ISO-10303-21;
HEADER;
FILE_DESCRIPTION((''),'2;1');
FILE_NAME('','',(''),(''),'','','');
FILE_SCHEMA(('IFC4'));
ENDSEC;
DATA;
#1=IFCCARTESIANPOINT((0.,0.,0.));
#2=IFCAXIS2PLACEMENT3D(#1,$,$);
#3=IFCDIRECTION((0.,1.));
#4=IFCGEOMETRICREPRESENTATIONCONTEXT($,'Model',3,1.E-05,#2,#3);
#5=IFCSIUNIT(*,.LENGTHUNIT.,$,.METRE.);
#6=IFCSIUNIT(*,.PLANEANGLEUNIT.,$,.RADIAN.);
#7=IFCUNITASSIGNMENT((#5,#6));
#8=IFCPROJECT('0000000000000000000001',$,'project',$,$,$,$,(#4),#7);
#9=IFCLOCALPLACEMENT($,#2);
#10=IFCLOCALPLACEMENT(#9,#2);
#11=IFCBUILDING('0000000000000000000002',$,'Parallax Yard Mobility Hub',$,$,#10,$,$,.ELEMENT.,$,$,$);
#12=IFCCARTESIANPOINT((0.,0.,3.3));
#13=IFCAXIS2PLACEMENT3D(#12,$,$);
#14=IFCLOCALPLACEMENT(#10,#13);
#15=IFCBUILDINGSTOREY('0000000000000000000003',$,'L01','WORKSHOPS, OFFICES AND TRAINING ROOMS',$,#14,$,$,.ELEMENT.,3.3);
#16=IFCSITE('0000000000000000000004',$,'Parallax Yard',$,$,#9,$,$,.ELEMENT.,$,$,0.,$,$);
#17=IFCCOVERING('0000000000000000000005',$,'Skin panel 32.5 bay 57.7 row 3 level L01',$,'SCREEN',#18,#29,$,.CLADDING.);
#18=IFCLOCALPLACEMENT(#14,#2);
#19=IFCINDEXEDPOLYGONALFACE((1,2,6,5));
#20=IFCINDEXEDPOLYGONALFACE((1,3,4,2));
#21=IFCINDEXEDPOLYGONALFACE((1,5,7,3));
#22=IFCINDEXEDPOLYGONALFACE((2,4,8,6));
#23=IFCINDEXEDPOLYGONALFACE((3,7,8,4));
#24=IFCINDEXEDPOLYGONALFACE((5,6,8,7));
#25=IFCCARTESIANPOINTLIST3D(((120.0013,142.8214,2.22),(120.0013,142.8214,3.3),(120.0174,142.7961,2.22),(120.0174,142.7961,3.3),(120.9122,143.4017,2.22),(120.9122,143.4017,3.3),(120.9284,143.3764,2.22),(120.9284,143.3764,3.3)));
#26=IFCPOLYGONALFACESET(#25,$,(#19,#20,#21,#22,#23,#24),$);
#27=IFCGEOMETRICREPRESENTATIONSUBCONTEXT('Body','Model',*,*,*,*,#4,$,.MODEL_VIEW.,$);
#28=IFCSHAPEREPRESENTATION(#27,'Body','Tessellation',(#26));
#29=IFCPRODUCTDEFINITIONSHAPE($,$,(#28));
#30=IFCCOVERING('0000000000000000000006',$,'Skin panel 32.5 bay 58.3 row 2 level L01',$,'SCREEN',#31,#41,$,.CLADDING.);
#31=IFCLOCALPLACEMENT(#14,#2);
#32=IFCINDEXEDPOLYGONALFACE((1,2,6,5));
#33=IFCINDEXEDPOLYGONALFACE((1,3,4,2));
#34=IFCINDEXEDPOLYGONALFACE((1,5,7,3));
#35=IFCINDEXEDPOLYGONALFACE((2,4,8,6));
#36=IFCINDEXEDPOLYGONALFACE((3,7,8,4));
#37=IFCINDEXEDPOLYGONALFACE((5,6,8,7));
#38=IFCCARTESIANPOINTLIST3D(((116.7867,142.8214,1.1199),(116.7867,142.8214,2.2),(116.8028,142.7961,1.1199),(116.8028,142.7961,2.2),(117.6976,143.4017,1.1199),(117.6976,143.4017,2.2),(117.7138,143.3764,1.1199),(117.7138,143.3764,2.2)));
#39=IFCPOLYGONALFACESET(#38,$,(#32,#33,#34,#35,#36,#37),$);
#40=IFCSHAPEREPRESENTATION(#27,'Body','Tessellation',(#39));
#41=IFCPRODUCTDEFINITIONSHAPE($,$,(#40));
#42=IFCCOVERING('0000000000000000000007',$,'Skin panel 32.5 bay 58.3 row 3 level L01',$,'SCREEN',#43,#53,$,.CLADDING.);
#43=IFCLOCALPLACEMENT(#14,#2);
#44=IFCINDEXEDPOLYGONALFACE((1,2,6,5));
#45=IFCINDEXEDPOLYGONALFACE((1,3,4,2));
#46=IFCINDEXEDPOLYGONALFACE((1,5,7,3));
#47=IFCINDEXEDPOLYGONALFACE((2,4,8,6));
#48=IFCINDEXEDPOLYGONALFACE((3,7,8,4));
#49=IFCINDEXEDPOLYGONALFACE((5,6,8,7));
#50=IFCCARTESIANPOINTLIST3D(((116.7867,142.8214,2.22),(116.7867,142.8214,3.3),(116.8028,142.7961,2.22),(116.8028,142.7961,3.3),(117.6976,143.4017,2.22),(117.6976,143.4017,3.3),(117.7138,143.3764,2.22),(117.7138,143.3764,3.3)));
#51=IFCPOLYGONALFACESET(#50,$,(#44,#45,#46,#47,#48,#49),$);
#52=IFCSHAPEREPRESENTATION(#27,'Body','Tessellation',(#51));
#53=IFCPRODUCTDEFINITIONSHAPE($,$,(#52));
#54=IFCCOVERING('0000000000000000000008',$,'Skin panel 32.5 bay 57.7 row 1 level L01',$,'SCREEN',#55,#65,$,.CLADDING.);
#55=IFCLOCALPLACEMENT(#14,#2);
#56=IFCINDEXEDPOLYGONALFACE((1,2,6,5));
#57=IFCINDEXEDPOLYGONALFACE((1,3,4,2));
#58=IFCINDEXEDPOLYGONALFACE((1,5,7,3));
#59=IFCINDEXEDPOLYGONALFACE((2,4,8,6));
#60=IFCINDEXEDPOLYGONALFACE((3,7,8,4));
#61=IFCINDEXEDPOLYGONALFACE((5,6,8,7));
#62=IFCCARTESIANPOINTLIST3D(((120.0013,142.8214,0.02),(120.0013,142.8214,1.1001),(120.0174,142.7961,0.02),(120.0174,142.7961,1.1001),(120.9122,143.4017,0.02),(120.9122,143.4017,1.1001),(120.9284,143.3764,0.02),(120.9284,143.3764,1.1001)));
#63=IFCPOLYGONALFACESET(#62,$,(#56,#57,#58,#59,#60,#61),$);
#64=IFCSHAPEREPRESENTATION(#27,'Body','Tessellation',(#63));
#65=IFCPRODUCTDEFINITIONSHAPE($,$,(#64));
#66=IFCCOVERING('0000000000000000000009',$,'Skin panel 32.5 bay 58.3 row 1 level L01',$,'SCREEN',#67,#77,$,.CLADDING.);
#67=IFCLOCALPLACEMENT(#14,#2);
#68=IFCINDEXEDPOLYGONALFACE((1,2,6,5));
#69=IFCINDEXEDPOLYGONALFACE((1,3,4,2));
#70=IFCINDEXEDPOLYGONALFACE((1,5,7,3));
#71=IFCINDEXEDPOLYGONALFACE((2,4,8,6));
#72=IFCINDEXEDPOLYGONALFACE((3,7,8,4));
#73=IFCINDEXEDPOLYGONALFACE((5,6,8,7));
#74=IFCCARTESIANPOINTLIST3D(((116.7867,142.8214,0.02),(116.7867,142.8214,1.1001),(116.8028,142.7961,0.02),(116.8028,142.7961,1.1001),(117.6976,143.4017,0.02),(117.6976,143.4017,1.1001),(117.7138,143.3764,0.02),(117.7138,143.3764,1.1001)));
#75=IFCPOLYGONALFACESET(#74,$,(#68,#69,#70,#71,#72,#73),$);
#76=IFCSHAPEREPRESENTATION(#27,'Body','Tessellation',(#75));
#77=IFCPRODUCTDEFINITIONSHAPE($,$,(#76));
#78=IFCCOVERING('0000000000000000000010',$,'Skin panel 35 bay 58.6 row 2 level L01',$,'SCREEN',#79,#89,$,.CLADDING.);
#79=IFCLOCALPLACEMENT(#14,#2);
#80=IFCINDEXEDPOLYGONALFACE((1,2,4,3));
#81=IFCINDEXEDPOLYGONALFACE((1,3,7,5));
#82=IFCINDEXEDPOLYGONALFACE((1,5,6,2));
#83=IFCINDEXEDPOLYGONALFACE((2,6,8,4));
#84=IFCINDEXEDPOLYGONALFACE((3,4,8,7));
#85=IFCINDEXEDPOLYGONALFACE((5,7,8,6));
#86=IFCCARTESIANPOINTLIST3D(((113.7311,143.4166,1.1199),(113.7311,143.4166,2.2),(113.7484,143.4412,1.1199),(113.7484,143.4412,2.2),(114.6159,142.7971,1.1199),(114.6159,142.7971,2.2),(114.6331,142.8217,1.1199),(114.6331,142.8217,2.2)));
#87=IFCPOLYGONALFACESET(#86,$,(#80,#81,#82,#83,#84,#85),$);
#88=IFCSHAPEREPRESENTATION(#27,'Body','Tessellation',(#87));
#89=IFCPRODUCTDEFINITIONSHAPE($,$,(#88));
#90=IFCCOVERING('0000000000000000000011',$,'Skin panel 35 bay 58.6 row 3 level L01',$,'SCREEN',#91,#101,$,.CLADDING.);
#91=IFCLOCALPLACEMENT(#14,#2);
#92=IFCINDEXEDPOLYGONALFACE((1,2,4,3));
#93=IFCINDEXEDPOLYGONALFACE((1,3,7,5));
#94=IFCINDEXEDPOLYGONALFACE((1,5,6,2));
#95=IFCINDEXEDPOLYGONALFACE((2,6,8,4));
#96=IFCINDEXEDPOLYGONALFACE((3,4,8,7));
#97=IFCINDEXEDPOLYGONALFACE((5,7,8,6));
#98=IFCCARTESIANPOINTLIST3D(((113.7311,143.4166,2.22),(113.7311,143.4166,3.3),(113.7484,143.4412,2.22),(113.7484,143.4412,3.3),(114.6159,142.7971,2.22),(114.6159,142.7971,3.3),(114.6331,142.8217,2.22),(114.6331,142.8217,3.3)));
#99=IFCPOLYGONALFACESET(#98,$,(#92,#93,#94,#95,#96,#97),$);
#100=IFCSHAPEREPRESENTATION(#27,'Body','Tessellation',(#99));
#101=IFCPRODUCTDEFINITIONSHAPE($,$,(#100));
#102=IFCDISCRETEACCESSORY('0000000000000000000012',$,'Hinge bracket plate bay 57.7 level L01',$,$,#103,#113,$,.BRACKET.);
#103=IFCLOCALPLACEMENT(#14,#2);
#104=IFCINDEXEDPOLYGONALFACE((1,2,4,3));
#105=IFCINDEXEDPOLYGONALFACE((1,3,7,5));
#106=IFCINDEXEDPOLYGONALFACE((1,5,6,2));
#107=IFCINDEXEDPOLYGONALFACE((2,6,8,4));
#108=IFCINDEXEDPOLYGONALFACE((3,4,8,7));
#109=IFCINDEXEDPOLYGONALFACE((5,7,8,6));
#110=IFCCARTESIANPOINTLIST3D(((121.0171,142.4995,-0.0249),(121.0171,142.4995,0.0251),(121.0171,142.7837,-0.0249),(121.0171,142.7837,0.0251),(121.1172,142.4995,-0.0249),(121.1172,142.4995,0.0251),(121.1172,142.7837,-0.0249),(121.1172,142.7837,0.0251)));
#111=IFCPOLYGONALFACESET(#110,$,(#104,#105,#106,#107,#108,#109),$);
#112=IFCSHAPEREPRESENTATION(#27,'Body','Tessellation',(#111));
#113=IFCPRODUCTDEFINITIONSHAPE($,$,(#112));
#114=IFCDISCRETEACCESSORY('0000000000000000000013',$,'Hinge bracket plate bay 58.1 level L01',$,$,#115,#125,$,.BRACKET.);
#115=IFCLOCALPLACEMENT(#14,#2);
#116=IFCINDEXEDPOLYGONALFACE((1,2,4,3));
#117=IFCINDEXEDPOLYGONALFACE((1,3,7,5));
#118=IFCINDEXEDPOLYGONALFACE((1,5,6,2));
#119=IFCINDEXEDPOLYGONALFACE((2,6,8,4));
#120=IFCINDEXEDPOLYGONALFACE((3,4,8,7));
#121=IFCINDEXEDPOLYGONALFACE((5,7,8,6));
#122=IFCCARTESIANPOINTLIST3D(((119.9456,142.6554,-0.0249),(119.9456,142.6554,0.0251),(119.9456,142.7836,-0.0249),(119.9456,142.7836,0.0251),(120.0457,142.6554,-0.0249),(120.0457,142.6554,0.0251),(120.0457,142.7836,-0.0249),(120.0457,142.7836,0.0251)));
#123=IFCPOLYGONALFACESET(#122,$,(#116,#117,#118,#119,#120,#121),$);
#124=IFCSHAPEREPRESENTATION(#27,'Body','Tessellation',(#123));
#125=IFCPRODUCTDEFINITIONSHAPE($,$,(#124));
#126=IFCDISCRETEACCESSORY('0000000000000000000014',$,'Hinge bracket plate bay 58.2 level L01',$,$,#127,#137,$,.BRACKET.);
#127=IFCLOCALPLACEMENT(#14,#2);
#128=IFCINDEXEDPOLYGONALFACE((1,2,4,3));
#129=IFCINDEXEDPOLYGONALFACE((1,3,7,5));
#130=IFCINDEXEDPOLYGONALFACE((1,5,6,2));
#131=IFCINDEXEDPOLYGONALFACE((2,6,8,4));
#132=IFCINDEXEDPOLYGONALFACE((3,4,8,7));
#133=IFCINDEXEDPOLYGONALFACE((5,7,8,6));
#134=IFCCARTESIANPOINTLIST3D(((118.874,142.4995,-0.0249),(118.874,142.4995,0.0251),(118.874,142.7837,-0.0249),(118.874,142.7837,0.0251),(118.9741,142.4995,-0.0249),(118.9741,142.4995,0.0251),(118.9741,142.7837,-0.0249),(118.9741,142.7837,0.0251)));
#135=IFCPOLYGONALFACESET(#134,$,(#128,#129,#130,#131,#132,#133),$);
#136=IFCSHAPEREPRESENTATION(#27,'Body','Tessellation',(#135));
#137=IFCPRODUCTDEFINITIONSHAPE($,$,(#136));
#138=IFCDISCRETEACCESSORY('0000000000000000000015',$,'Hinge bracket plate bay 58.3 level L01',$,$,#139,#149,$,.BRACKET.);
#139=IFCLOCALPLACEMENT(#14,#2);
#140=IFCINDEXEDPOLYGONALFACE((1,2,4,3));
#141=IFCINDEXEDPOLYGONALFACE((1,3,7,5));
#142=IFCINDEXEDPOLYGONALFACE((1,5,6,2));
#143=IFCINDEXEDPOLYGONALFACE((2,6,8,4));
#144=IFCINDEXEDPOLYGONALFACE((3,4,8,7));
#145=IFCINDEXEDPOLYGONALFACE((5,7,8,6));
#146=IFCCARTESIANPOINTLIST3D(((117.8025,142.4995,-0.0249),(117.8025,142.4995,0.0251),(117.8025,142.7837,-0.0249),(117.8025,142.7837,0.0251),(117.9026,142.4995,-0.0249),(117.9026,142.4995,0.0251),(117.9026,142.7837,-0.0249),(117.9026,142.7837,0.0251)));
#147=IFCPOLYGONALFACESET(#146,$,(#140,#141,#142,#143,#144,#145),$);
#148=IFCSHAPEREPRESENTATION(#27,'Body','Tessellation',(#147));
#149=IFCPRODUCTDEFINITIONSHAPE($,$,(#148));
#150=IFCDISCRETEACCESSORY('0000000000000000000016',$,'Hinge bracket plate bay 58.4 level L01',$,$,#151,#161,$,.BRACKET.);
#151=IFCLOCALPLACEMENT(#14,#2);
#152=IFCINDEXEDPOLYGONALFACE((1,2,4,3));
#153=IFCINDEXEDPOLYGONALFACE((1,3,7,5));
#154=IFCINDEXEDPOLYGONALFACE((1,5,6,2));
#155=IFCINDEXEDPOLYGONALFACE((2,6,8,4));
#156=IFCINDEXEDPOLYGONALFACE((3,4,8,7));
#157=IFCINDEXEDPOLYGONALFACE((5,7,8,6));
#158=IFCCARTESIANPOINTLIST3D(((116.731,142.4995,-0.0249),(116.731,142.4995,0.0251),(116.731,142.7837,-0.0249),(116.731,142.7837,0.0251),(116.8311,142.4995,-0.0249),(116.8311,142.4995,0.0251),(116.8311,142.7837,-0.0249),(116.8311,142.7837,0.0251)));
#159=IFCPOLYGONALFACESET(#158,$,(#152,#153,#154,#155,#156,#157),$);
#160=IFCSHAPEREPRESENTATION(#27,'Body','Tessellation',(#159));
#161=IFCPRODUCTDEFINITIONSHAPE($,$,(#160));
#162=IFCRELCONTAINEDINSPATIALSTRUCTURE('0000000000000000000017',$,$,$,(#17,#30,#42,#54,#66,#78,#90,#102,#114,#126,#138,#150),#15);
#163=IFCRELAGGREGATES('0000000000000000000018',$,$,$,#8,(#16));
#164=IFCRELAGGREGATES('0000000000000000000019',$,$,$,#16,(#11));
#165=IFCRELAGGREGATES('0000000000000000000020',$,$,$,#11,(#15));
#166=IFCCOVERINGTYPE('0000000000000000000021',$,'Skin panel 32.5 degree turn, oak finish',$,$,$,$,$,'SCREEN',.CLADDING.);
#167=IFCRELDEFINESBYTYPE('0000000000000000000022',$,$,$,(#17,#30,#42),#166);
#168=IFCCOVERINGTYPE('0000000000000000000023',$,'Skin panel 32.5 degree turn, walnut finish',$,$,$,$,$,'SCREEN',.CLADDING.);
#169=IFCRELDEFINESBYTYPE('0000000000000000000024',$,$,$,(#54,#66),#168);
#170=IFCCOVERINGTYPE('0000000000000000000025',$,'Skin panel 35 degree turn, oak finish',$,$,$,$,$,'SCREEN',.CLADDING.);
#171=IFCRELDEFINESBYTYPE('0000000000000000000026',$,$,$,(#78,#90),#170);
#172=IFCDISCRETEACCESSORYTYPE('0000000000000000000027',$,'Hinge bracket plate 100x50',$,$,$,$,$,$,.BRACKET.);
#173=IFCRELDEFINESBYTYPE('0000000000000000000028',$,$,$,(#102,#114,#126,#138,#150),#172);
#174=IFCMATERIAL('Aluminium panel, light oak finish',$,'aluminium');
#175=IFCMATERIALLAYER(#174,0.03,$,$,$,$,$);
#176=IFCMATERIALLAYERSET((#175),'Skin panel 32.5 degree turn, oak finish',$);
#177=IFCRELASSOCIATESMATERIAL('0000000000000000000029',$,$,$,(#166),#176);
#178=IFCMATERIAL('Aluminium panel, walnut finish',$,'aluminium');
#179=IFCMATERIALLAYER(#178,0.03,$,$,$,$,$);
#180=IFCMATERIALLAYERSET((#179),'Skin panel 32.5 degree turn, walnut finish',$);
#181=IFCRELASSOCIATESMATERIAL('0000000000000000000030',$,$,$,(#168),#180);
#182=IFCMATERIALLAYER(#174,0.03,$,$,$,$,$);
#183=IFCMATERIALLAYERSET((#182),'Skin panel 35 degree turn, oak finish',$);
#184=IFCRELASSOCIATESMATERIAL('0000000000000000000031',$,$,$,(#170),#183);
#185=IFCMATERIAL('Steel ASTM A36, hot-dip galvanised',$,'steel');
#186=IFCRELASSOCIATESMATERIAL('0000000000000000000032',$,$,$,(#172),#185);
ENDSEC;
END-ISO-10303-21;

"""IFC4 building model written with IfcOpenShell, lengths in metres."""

from ifc_helpers import new_model, si_unit, direction, frame, origin, origin_2d, place, context, subcontext, project, spatial, rectangle, extrude, material, layer, layer_set, type_object, element, save


model = new_model("IFC4")

# Units and contexts
model_context = context("Model", 3, precision=1e-05, world=origin(), true_north=direction((0.0, 1.0)))
body_context = subcontext(model_context, "Body", "Model", "MODEL_VIEW")
ifc_project = project(units=[si_unit("LENGTHUNIT", "METRE"), si_unit("PLANEANGLEUNIT", "RADIAN")], contexts=[model_context])

# Site, building, storey
site_placement = place(None, origin())
site = spatial("IfcSite", under=ifc_project, at=site_placement, Name="Parallax Yard", CompositionType="ELEMENT", RefElevation=0.0)
building_placement = place(site_placement, origin())
building = spatial("IfcBuilding", under=site, at=building_placement, Name="Parallax Yard Mobility Hub", CompositionType="ELEMENT")
storey_placement = place(building_placement, frame((0.0, 0.0, 3.3)))
storey = spatial("IfcBuildingStorey", under=building, at=storey_placement, Name="L01", Description="WORKSHOPS, OFFICES AND TRAINING ROOMS", CompositionType="ELEMENT", Elevation=3.3)

# Coverings
ifc_material_1 = material(Name="Aluminium panel, light oak finish", Category="aluminium")
ifc_material_2 = material(Name="Aluminium panel, walnut finish", Category="aluminium")
ifc_layer_1 = layer(ifc_material_1, 0.03)
ifc_layer_set_1 = layer_set([ifc_layer_1], Name="Skin panel 32.5 degree turn, oak finish")
covering_type_1 = type_object("IfcCoveringType", Name="Skin panel 32.5 degree turn, oak finish", ElementType="SCREEN", PredefinedType="CLADDING", material=ifc_layer_set_1)
for number, where, z_axis, x_axis, name in (
    (1, (120.4648, 143.0989, 2.22), (0.0, 0.0, 1.0), (0.843391, 0.5373, 0.0), "Skin panel 32.5 bay 57.7 row 3 level L01"),
    (2, (117.2502, 143.0989, 1.1199), (0.0, 0.0, 1.0), (0.843391, 0.5373, 0.0), "Skin panel 32.5 bay 58.3 row 2 level L01"),
    (3, (117.2502, 143.0989, 2.22), (0.0, 0.0, 1.0), (0.843391, 0.5373, 0.0), "Skin panel 32.5 bay 58.3 row 3 level L01"),
):
    element("IfcCovering", number, at=place(storey_placement, frame(where, z_axis=z_axis, x_axis=x_axis)), inside=storey, type_object=covering_type_1, Name=name, ObjectType="SCREEN", PredefinedType="CLADDING", context=body_context, shape_type="SweptSolid", body=[
        extrude(rectangle(XDim=1.0801, YDim=0.03, at=origin_2d()), origin(), (0.0, 0.0, 1.0), 1.0801),
    ])
ifc_layer_2 = layer(ifc_material_2, 0.03)
ifc_layer_set_2 = layer_set([ifc_layer_2], Name="Skin panel 32.5 degree turn, walnut finish")
covering_type_2 = type_object("IfcCoveringType", Name="Skin panel 32.5 degree turn, walnut finish", ElementType="SCREEN", PredefinedType="CLADDING", material=ifc_layer_set_2)
for number, where, z_axis, x_axis, name in (
    (4, (120.4648, 143.0989, 0.02), (0.0, 0.0, 1.0), (0.843391, 0.5373, 0.0), "Skin panel 32.5 bay 57.7 row 1 level L01"),
    (5, (117.2502, 143.0989, 0.02), (0.0, 0.0, 1.0), (0.843391, 0.5373, 0.0), "Skin panel 32.5 bay 58.3 row 1 level L01"),
):
    element("IfcCovering", number, at=place(storey_placement, frame(where, z_axis=z_axis, x_axis=x_axis)), inside=storey, type_object=covering_type_2, Name=name, ObjectType="SCREEN", PredefinedType="CLADDING", context=body_context, shape_type="SweptSolid", body=[
        extrude(rectangle(XDim=1.0801, YDim=0.03, at=origin_2d()), origin(), (0.0, 0.0, 1.0), 1.0801),
    ])
ifc_layer_3 = layer(ifc_material_1, 0.03)
ifc_layer_set_3 = layer_set([ifc_layer_3], Name="Skin panel 35 degree turn, oak finish")
covering_type_3 = type_object("IfcCoveringType", Name="Skin panel 35 degree turn, oak finish", ElementType="SCREEN", PredefinedType="CLADDING", material=ifc_layer_set_3)
for number, where, z_axis, x_axis, name in (
    (6, (114.1821, 143.1191, 1.1199), (0.0, 0.0, 1.0), (-0.819152, 0.573576, 0.0), "Skin panel 35 bay 58.6 row 2 level L01"),
    (7, (114.1821, 143.1191, 2.22), (0.0, 0.0, 1.0), (-0.819152, 0.573576, 0.0), "Skin panel 35 bay 58.6 row 3 level L01"),
):
    element("IfcCovering", number, at=place(storey_placement, frame(where, z_axis=z_axis, x_axis=x_axis)), inside=storey, type_object=covering_type_3, Name=name, ObjectType="SCREEN", PredefinedType="CLADDING", context=body_context, shape_type="SweptSolid", body=[
        extrude(rectangle(XDim=1.0801, YDim=0.03, at=origin_2d()), origin(), (0.0, 0.0, 1.0), 1.0801),
    ])

# Discrete accessories
ifc_material_3 = material(Name="Steel ASTM A36, hot-dip galvanised", Category="steel")
discrete_accessory_type_1 = type_object("IfcDiscreteAccessoryType", Name="Hinge bracket plate 100x50", PredefinedType="BRACKET", material=ifc_material_3)
discrete_accessory_1_placement = place(storey_placement, frame((121.0671, 142.6416, -0.0249), z_axis=(0.0, 0.0, 1.0), x_axis=(0.0, 1.0, 0.0)))
element("IfcDiscreteAccessory", 8, at=discrete_accessory_1_placement, inside=storey, type_object=discrete_accessory_type_1, Name="Hinge bracket plate bay 57.7 level L01", PredefinedType="BRACKET", context=body_context, shape_type="SweptSolid", body=[
    extrude(rectangle(XDim=0.2842, YDim=0.1001, at=origin_2d()), origin(), (0.0, 0.0, 1.0), 0.05),
])
discrete_accessory_2_placement = place(storey_placement, frame((119.9956, 142.7195, -0.0249), z_axis=(0.0, 0.0, 1.0), x_axis=(0.0, 1.0, 0.0)))
element("IfcDiscreteAccessory", 9, at=discrete_accessory_2_placement, inside=storey, type_object=discrete_accessory_type_1, Name="Hinge bracket plate bay 58.1 level L01", PredefinedType="BRACKET", context=body_context, shape_type="SweptSolid", body=[
    extrude(rectangle(XDim=0.1282, YDim=0.1001, at=origin_2d()), origin(), (0.0, 0.0, 1.0), 0.05),
])
for number, where, z_axis, x_axis, name in (
    (10, (118.9241, 142.6416, -0.0249), (0.0, 0.0, 1.0), (0.0, 1.0, 0.0), "Hinge bracket plate bay 58.2 level L01"),
    (11, (117.8525, 142.6416, -0.0249), (0.0, 0.0, 1.0), (0.0, 1.0, 0.0), "Hinge bracket plate bay 58.3 level L01"),
    (12, (116.781, 142.6416, -0.0249), (0.0, 0.0, 1.0), (0.0, 1.0, 0.0), "Hinge bracket plate bay 58.4 level L01"),
):
    element("IfcDiscreteAccessory", number, at=place(storey_placement, frame(where, z_axis=z_axis, x_axis=x_axis)), inside=storey, type_object=discrete_accessory_type_1, Name=name, PredefinedType="BRACKET", context=body_context, shape_type="SweptSolid", body=[
        extrude(rectangle(XDim=0.2842, YDim=0.1001, at=origin_2d()), origin(), (0.0, 0.0, 1.0), 0.05),
    ])

save(model, "model.ifc")
